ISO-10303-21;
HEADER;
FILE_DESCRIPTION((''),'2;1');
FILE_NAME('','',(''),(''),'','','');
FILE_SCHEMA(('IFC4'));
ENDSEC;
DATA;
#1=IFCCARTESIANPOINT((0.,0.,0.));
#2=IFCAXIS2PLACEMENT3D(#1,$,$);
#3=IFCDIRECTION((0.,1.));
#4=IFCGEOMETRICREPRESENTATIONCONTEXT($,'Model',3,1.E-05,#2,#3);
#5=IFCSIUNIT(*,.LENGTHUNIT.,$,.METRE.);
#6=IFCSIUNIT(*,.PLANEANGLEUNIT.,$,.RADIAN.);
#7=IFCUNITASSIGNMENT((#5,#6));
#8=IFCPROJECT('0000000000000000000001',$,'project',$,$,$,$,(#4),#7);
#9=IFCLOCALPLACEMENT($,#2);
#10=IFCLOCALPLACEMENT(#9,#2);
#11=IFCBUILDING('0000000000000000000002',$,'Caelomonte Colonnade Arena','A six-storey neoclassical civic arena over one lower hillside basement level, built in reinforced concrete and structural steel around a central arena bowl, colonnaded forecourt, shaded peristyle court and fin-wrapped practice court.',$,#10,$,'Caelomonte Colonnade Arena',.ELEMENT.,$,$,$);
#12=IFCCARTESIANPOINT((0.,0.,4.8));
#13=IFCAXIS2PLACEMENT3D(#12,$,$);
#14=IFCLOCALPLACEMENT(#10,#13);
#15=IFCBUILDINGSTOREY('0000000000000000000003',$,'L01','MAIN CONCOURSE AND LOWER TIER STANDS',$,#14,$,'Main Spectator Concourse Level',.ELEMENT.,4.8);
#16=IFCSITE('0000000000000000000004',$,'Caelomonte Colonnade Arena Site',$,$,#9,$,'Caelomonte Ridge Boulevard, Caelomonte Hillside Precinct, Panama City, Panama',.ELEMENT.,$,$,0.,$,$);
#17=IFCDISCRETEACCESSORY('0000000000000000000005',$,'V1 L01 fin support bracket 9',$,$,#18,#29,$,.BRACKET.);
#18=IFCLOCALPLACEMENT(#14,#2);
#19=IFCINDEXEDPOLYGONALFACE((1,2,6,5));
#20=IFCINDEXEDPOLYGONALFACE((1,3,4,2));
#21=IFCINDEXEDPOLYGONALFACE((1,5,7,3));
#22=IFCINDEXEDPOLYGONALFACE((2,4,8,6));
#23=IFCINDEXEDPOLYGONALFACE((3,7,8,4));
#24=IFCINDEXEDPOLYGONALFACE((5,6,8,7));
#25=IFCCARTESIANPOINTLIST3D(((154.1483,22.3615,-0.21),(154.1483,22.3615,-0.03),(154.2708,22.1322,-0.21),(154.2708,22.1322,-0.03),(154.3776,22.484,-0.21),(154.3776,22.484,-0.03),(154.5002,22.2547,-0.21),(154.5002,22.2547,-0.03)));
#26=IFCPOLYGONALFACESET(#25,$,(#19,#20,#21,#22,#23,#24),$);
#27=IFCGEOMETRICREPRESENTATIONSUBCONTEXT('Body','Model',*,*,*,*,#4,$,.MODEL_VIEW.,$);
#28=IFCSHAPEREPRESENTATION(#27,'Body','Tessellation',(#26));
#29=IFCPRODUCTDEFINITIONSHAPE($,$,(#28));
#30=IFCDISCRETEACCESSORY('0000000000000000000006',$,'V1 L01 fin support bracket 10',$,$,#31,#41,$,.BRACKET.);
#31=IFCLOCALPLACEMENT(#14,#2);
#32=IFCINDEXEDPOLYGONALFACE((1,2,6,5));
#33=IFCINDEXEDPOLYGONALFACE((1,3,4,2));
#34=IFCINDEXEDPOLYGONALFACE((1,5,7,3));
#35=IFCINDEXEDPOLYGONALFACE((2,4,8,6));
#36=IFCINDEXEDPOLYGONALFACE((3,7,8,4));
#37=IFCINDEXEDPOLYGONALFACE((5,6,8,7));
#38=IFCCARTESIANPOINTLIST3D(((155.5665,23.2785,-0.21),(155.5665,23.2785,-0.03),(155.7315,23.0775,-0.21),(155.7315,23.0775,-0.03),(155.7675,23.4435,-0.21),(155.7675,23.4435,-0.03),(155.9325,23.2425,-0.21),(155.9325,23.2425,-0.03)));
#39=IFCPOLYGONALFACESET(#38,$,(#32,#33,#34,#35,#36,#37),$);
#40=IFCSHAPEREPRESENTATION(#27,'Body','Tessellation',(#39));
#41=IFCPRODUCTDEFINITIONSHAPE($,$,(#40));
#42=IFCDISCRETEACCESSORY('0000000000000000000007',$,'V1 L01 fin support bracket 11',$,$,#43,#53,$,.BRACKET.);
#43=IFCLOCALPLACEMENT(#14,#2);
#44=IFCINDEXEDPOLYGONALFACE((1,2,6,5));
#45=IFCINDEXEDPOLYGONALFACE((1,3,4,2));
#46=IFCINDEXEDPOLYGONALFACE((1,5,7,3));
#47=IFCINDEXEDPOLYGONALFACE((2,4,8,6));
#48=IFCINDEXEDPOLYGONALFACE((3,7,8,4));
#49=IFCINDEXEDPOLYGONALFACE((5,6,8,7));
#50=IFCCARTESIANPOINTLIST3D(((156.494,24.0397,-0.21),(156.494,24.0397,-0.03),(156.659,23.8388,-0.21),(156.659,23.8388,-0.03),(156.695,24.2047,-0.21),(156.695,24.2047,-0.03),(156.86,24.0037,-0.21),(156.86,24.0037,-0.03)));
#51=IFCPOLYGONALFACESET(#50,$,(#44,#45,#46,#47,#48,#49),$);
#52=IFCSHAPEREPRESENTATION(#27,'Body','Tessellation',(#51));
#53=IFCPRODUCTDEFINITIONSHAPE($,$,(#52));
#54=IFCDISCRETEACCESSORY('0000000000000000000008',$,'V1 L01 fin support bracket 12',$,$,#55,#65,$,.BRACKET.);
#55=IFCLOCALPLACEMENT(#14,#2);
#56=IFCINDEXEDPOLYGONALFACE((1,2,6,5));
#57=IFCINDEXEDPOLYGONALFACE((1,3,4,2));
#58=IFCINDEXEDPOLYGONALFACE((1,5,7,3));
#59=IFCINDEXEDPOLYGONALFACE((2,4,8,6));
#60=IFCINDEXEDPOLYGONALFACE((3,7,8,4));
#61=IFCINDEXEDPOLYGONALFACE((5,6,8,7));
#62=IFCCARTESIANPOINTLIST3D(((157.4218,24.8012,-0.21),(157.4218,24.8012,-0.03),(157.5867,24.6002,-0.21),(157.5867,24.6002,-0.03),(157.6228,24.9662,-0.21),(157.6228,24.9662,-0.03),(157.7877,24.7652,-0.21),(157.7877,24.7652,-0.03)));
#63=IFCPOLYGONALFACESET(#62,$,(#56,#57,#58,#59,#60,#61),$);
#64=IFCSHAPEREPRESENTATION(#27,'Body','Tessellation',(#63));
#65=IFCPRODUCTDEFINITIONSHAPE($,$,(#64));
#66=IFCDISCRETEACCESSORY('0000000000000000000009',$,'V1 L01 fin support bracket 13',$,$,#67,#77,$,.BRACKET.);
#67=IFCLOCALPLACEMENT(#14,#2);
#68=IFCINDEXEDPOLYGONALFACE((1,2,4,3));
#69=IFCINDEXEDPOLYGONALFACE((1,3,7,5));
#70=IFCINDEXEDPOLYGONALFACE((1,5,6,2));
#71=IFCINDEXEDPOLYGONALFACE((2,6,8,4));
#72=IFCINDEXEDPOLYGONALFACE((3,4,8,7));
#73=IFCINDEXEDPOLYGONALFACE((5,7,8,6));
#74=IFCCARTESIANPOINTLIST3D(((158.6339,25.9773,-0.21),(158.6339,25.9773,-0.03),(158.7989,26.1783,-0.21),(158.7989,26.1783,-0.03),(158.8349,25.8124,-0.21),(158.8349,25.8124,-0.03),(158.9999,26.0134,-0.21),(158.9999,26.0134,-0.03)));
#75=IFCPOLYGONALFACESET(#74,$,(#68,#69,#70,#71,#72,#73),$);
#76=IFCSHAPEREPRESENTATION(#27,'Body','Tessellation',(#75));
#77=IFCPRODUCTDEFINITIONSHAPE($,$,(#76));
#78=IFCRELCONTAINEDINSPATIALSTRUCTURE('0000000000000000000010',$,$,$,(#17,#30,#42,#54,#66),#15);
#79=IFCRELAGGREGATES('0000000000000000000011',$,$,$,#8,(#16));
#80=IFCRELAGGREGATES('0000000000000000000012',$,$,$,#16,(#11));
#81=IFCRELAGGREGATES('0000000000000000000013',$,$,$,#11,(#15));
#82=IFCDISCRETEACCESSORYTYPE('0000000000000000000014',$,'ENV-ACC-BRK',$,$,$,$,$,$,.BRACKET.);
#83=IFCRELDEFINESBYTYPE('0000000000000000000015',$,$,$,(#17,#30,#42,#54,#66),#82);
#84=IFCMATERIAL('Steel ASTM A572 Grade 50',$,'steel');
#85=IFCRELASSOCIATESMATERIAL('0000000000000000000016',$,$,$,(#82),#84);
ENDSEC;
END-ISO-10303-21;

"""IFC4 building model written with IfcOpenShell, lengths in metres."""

from ifc_helpers import new_model, si_unit, direction, frame, origin, origin_2d, place, context, subcontext, project, spatial, rectangle, extrude, material, type_object, element, save


model = new_model("IFC4")

# Units and contexts
model_context = context("Model", 3, precision=1e-05, world=origin(), true_north=direction((0.0, 1.0)))
body_context = subcontext(model_context, "Body", "Model", "MODEL_VIEW")
ifc_project = project(units=[si_unit("LENGTHUNIT", "METRE"), si_unit("PLANEANGLEUNIT", "RADIAN")], contexts=[model_context])

# Site, building, storey
site_placement = place(None, origin())
site = spatial("IfcSite", under=ifc_project, at=site_placement, Name="Caelomonte Colonnade Arena Site", LongName="Caelomonte Ridge Boulevard, Caelomonte Hillside Precinct, Panama City, Panama", CompositionType="ELEMENT", RefElevation=0.0)
building_placement = place(site_placement, origin())
building = spatial("IfcBuilding", under=site, at=building_placement, Name="Caelomonte Colonnade Arena", Description="A six-storey neoclassical civic arena over one lower hillside basement level, built in reinforced concrete and structural steel around a central arena bowl, colonnaded forecourt, shaded peristyle court and fin-wrapped practice court.", LongName="Caelomonte Colonnade Arena", CompositionType="ELEMENT")
storey_placement = place(building_placement, frame((0.0, 0.0, 4.8)))
storey = spatial("IfcBuildingStorey", under=building, at=storey_placement, Name="L01", Description="MAIN CONCOURSE AND LOWER TIER STANDS", LongName="Main Spectator Concourse Level", CompositionType="ELEMENT", Elevation=4.8)

# Discrete accessories
ifc_material_1 = material(Name="Steel ASTM A572 Grade 50", Category="steel")
discrete_accessory_type = type_object("IfcDiscreteAccessoryType", Name="ENV-ACC-BRK", PredefinedType="BRACKET", material=ifc_material_1)
for number, where, z_axis, x_axis, name in (
    (1, (154.3242, 22.3081, -0.21), (0.0, 0.0, 1.0), (0.881921, 0.471397, 0.0), "V1 L01 fin support bracket 9"),
    (2, (155.7495, 23.2605, -0.21), (0.0, 0.0, 1.0), (0.772994, 0.634414, 0.0), "V1 L01 fin support bracket 10"),
    (3, (156.677, 24.0217, -0.21), (0.0, 0.0, 1.0), (0.772994, 0.634414, 0.0), "V1 L01 fin support bracket 11"),
    (4, (157.6047, 24.7832, -0.21), (0.0, 0.0, 1.0), (0.772994, 0.634414, 0.0), "V1 L01 fin support bracket 12"),
    (5, (158.8169, 25.9954, -0.21), (0.0, 0.0, 1.0), (0.634414, 0.772994, 0.0), "V1 L01 fin support bracket 13"),
):
    element("IfcDiscreteAccessory", number, at=place(storey_placement, frame(where, z_axis=z_axis, x_axis=x_axis)), inside=storey, type_object=discrete_accessory_type, Name=name, PredefinedType="BRACKET", context=body_context, shape_type="SweptSolid", body=[
        extrude(rectangle(XDim=0.26, YDim=0.26, at=origin_2d()), origin(), (0.0, 0.0, 1.0), 0.1799),
    ])

save(model, "model.ifc")
